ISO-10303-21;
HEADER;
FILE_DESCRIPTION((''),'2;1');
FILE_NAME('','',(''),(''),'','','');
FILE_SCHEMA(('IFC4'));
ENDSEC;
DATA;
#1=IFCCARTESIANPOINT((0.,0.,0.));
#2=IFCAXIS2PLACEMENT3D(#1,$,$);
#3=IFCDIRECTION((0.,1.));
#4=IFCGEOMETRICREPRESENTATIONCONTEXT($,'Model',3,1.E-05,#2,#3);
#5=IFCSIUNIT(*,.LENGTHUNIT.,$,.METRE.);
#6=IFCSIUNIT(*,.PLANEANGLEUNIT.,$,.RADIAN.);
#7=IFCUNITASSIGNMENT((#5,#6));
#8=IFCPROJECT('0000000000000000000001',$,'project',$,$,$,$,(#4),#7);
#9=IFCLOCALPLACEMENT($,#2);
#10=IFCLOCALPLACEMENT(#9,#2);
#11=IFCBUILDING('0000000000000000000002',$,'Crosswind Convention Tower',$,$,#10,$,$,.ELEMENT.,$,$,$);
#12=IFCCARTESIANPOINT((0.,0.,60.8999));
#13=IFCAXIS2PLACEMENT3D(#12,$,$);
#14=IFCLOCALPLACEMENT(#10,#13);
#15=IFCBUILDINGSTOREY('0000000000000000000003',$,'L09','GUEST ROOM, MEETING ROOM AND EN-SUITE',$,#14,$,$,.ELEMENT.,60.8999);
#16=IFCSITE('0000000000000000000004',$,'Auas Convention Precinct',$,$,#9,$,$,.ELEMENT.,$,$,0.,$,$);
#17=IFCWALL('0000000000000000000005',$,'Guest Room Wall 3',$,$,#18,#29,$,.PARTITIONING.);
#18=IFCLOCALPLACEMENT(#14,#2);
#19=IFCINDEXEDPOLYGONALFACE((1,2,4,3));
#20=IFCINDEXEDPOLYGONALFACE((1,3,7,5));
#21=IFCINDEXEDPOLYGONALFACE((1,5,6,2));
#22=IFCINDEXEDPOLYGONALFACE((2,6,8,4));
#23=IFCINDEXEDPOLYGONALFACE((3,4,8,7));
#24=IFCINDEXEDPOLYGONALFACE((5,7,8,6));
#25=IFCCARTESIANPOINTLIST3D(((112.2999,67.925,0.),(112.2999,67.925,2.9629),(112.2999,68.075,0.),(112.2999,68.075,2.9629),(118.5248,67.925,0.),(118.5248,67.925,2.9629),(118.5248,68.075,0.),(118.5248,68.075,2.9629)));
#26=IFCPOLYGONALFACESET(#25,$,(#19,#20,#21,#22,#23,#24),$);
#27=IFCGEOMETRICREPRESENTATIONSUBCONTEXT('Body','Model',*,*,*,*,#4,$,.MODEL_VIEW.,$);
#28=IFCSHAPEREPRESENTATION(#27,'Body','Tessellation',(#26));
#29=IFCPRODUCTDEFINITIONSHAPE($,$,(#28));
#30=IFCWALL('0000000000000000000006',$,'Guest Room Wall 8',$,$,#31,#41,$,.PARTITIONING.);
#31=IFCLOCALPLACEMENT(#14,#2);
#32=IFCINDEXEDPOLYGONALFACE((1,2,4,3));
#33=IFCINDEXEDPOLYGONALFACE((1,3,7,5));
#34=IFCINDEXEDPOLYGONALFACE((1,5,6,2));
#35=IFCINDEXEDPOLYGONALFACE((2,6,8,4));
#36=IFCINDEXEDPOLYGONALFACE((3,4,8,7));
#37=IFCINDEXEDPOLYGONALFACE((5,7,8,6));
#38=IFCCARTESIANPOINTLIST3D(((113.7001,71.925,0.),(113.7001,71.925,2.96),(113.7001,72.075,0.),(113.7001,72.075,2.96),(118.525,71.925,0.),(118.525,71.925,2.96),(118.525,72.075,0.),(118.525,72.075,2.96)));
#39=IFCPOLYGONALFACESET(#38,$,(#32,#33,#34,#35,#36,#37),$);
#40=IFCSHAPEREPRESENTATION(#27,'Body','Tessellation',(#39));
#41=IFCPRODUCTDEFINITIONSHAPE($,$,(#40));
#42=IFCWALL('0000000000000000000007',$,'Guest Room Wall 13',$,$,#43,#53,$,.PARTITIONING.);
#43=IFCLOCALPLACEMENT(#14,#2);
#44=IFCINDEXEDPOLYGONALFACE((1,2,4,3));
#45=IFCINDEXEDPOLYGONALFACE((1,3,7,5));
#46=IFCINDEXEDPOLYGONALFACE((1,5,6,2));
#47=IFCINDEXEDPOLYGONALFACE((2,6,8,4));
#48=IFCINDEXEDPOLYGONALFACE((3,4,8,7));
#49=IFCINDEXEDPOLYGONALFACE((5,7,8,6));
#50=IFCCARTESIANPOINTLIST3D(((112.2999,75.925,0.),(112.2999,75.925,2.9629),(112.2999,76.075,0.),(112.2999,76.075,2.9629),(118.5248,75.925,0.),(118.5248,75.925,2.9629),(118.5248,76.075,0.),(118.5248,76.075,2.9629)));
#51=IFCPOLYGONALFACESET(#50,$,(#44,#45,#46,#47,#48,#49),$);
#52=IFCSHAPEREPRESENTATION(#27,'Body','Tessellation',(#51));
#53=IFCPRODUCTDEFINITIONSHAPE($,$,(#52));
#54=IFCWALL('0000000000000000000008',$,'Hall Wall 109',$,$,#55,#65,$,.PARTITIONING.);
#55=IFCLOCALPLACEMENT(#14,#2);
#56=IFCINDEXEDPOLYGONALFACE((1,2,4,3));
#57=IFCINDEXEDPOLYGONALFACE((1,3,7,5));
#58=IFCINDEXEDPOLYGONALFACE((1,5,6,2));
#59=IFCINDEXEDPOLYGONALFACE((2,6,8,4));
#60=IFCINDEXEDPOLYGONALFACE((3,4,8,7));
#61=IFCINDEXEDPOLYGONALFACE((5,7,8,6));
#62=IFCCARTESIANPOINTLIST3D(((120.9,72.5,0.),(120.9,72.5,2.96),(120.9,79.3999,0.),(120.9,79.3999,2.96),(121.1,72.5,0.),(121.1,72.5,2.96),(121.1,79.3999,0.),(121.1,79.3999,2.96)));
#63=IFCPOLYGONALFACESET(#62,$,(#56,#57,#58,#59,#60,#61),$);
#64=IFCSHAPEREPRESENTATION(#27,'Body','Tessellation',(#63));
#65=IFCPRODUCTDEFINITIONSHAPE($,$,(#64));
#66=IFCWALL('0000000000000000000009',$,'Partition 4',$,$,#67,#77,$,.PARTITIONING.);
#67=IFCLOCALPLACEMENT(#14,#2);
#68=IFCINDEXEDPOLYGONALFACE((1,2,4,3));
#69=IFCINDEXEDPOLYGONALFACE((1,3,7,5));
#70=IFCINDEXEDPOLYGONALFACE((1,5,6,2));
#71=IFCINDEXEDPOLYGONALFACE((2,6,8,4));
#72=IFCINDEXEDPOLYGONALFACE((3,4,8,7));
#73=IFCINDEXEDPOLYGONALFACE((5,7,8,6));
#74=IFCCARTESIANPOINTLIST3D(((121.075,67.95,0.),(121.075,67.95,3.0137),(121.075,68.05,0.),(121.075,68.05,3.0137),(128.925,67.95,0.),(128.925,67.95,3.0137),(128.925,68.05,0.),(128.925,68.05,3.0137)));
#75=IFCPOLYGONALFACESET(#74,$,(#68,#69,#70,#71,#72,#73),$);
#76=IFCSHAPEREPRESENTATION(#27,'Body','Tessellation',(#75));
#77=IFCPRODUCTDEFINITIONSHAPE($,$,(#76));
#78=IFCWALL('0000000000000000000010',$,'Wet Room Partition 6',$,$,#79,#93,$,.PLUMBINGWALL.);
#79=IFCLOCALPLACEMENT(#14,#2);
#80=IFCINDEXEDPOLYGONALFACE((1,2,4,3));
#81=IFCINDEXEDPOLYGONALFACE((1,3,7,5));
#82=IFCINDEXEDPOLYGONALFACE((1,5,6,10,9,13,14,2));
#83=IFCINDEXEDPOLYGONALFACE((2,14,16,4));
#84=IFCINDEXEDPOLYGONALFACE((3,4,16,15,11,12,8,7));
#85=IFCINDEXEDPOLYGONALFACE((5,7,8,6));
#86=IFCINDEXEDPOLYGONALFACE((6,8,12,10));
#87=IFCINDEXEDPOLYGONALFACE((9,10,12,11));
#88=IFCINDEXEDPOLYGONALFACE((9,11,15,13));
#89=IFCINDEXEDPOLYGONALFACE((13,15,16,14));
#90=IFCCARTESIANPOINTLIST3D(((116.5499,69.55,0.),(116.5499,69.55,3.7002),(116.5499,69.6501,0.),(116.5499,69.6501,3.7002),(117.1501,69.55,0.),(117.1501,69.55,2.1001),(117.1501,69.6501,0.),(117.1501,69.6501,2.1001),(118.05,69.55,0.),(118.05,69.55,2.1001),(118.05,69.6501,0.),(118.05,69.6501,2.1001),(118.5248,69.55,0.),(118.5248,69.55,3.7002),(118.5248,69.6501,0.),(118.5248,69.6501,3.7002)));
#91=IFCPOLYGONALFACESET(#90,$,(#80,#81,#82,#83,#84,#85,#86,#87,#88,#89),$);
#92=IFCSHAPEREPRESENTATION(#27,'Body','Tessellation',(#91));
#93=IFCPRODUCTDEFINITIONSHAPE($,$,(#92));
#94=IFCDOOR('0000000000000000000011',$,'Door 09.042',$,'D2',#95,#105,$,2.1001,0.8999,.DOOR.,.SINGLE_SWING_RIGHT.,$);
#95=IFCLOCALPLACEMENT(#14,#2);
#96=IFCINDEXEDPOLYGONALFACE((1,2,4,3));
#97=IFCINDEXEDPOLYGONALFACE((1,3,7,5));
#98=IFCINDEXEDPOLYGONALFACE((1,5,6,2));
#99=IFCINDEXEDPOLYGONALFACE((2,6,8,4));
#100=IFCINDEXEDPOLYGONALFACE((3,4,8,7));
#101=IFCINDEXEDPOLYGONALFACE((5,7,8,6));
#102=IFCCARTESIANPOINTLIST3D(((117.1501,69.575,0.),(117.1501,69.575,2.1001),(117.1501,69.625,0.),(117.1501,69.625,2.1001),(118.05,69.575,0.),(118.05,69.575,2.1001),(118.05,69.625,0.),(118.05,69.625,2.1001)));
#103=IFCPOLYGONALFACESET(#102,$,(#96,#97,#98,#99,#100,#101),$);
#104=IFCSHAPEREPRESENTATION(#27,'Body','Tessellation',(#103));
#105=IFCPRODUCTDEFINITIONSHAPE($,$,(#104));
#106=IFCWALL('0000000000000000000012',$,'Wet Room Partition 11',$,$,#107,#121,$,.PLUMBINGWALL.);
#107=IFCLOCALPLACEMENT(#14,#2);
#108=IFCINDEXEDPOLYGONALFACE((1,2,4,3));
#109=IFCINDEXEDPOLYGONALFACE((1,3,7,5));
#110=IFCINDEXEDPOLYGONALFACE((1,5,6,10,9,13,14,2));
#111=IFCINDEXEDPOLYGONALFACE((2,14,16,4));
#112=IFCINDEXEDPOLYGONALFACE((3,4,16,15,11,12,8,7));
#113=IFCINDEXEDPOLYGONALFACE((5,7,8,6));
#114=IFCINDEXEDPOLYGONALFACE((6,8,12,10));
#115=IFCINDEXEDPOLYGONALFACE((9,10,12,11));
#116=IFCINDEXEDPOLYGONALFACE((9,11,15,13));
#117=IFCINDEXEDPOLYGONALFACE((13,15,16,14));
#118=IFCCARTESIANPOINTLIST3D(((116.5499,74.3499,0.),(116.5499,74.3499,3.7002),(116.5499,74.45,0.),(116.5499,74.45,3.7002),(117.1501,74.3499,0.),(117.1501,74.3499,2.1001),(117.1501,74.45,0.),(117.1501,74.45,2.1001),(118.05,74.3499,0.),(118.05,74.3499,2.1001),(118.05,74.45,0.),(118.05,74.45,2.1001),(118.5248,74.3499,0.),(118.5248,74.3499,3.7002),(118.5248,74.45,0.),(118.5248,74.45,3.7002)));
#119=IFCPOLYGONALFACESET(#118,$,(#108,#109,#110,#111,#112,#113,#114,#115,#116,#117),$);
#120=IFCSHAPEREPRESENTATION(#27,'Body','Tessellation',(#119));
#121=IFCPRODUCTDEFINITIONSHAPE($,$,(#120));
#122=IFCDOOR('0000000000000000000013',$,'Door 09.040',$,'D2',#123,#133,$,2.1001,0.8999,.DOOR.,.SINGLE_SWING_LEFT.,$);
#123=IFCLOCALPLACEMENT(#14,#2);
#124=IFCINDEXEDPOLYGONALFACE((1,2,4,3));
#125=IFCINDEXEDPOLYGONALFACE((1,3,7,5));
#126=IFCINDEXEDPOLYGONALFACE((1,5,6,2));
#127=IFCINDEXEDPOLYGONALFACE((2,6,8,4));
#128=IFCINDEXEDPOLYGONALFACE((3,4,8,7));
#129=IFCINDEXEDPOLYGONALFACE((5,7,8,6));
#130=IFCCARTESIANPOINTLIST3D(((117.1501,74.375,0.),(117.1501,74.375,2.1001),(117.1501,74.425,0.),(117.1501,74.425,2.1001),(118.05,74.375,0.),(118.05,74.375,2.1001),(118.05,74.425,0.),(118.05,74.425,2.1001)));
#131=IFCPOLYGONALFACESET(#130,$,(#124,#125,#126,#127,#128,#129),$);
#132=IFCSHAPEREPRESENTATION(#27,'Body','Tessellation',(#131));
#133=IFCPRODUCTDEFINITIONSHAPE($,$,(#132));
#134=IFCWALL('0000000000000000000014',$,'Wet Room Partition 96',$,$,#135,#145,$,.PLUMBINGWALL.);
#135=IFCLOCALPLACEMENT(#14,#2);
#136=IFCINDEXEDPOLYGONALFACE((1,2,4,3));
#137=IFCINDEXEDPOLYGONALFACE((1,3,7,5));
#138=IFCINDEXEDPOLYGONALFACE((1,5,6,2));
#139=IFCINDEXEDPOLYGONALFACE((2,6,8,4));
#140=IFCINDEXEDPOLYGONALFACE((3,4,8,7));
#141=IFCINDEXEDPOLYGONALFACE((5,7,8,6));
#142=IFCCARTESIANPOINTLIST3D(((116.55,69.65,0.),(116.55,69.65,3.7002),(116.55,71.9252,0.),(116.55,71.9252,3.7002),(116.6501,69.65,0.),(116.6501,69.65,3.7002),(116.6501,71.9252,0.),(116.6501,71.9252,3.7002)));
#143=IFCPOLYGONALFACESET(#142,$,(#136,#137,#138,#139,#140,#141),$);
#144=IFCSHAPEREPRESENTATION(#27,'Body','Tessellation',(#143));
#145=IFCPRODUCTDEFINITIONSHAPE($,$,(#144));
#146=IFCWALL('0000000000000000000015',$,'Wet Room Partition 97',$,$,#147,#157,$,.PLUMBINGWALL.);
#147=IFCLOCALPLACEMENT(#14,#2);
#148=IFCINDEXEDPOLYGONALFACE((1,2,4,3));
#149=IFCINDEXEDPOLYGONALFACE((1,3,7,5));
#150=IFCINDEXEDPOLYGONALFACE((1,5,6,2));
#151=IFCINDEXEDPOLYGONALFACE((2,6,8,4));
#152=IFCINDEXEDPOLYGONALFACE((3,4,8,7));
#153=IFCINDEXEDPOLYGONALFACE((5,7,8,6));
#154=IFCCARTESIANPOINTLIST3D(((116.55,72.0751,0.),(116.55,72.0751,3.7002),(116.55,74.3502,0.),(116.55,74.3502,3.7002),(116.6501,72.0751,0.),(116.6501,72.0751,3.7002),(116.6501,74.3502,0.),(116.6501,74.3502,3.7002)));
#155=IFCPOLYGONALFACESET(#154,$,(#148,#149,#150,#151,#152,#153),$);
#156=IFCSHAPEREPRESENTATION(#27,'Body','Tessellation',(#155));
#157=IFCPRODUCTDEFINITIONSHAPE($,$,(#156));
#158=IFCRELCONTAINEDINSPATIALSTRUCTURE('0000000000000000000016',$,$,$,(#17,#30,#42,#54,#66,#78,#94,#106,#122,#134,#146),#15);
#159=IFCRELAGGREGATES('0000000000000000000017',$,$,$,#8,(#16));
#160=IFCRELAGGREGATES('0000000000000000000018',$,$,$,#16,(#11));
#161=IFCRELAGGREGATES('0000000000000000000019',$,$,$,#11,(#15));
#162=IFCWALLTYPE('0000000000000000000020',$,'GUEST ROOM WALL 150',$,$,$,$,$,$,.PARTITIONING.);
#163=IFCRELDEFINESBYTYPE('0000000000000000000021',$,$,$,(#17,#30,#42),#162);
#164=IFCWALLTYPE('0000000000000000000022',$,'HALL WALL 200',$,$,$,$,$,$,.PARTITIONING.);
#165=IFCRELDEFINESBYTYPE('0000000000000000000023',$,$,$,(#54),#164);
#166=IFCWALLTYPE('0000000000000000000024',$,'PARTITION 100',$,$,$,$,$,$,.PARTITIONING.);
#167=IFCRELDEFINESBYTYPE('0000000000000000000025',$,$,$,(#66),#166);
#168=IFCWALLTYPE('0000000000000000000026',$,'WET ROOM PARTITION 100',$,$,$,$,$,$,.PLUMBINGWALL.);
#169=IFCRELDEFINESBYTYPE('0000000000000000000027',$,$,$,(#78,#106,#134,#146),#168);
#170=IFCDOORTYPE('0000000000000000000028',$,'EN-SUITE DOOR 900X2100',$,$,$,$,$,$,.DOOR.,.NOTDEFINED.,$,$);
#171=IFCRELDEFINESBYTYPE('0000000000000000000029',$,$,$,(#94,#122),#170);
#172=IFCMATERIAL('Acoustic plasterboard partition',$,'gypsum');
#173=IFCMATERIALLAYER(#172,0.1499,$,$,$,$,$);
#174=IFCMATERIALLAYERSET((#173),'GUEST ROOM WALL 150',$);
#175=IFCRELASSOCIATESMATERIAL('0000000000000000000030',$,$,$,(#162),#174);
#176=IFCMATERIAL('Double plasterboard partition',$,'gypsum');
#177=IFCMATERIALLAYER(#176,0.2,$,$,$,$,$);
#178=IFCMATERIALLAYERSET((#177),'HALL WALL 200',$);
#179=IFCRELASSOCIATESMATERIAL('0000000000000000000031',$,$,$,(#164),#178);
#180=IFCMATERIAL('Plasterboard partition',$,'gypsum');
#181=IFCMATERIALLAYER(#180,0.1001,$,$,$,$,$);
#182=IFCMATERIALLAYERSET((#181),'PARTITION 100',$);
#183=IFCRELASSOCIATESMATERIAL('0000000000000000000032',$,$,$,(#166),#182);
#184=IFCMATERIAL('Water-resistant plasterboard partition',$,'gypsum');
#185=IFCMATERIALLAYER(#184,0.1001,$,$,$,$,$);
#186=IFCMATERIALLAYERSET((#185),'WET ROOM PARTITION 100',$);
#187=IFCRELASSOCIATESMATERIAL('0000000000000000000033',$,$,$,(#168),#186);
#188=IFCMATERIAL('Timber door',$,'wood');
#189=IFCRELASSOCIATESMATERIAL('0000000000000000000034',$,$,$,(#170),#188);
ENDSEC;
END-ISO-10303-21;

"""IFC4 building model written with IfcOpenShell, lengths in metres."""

from ifc_helpers import new_model, si_unit, direction, frame, frame_2d, origin, place, context, subcontext, project, spatial, rectangle, extrude, material, layer, layer_set, type_object, element, fill, save


model = new_model("IFC4")

# Units and contexts
model_context = context("Model", 3, precision=1e-05, world=origin(), true_north=direction((0.0, 1.0)))
body_context = subcontext(model_context, "Body", "Model", "MODEL_VIEW")
ifc_project = project(units=[si_unit("LENGTHUNIT", "METRE"), si_unit("PLANEANGLEUNIT", "RADIAN")], contexts=[model_context])

# Site, building, storey
site_placement = place(None, origin())
site = spatial("IfcSite", under=ifc_project, at=site_placement, Name="Auas Convention Precinct", CompositionType="ELEMENT", RefElevation=0.0)
building_placement = place(site_placement, origin())
building = spatial("IfcBuilding", under=site, at=building_placement, Name="Crosswind Convention Tower", CompositionType="ELEMENT")
storey_placement = place(building_placement, frame((0.0, 0.0, 60.8999)))
storey = spatial("IfcBuildingStorey", under=building, at=storey_placement, Name="L09", Description="GUEST ROOM, MEETING ROOM AND EN-SUITE", CompositionType="ELEMENT", Elevation=60.8999)

# Walls
ifc_material_1 = material(Name="Acoustic plasterboard partition", Category="gypsum")
ifc_layer_1 = layer(ifc_material_1, 0.1499)
ifc_layer_set_1 = layer_set([ifc_layer_1], Name="GUEST ROOM WALL 150")
wall_type_1 = type_object("IfcWallType", Name="GUEST ROOM WALL 150", PredefinedType="PARTITIONING", material=ifc_layer_set_1)
wall_1_placement = place(storey_placement, frame((112.3, 68.0, 0.0), z_axis=(0.0, 0.0, 1.0), x_axis=(1.0, 0.0, 0.0)))
element("IfcWall", 1, at=wall_1_placement, inside=storey, type_object=wall_type_1, Name="Guest Room Wall 3", PredefinedType="PARTITIONING", context=body_context, shape_type="SweptSolid", body=[
    extrude(rectangle(XDim=6.2249, YDim=0.1499, at=frame_2d((3.1123, 0.0))), origin(), (0.0, 0.0, 1.0), 2.9629),
])
wall_2_placement = place(storey_placement, frame((113.7, 72.0, 0.0), z_axis=(0.0, 0.0, 1.0), x_axis=(1.0, 0.0, 0.0)))
element("IfcWall", 2, at=wall_2_placement, inside=storey, type_object=wall_type_1, Name="Guest Room Wall 8", PredefinedType="PARTITIONING", context=body_context, shape_type="SweptSolid", body=[
    extrude(rectangle(XDim=4.825, YDim=0.1499, at=frame_2d((2.4126, 0.0))), origin(), (0.0, 0.0, 1.0), 2.96),
])
wall_3_placement = place(storey_placement, frame((112.3, 76.0, 0.0), z_axis=(0.0, 0.0, 1.0), x_axis=(1.0, 0.0, 0.0)))
element("IfcWall", 3, at=wall_3_placement, inside=storey, type_object=wall_type_1, Name="Guest Room Wall 13", PredefinedType="PARTITIONING", context=body_context, shape_type="SweptSolid", body=[
    extrude(rectangle(XDim=6.2249, YDim=0.1499, at=frame_2d((3.1123, 0.0))), origin(), (0.0, 0.0, 1.0), 2.9629),
])
ifc_material_2 = material(Name="Double plasterboard partition", Category="gypsum")
ifc_layer_2 = layer(ifc_material_2, 0.2)
ifc_layer_set_2 = layer_set([ifc_layer_2], Name="HALL WALL 200")
wall_type_2 = type_object("IfcWallType", Name="HALL WALL 200", PredefinedType="PARTITIONING", material=ifc_layer_set_2)
wall_4_placement = place(storey_placement, frame((121.0, 72.5, 0.0), z_axis=(0.0, 0.0, 1.0), x_axis=(0.0, 1.0, 0.0)))
element("IfcWall", 4, at=wall_4_placement, inside=storey, type_object=wall_type_2, Name="Hall Wall 109", PredefinedType="PARTITIONING", context=body_context, shape_type="SweptSolid", body=[
    extrude(rectangle(XDim=6.8999, YDim=0.2, at=frame_2d((3.45, 0.0))), origin(), (0.0, 0.0, 1.0), 2.96),
])
ifc_material_3 = material(Name="Plasterboard partition", Category="gypsum")
ifc_layer_3 = layer(ifc_material_3, 0.1001)
ifc_layer_set_3 = layer_set([ifc_layer_3], Name="PARTITION 100")
wall_type_3 = type_object("IfcWallType", Name="PARTITION 100", PredefinedType="PARTITIONING", material=ifc_layer_set_3)
wall_5_placement = place(storey_placement, frame((121.075, 68.0, 0.0), z_axis=(0.0, 0.0, 1.0), x_axis=(1.0, 0.0, 0.0)))
element("IfcWall", 5, at=wall_5_placement, inside=storey, type_object=wall_type_3, Name="Partition 4", PredefinedType="PARTITIONING", context=body_context, shape_type="SweptSolid", body=[
    extrude(rectangle(XDim=7.8501, YDim=0.1001, at=frame_2d((3.925, 0.0))), origin(), (0.0, 0.0, 1.0), 3.0137),
])

# Walls, openings, doors
ifc_material_4 = material(Name="Water-resistant plasterboard partition", Category="gypsum")
ifc_layer_4 = layer(ifc_material_4, 0.1001)
ifc_layer_set_4 = layer_set([ifc_layer_4], Name="WET ROOM PARTITION 100")
wall_type_4 = type_object("IfcWallType", Name="WET ROOM PARTITION 100", PredefinedType="PLUMBINGWALL", material=ifc_layer_set_4)
wall_6_placement = place(storey_placement, frame((116.55, 69.6001, 0.0), z_axis=(0.0, 0.0, 1.0), x_axis=(1.0, 0.0, 0.0)))
wall_6 = element("IfcWall", 6, at=wall_6_placement, inside=storey, type_object=wall_type_4, Name="Wet Room Partition 6", PredefinedType="PLUMBINGWALL", context=body_context, shape_type="SweptSolid", body=[
    extrude(rectangle(XDim=1.9749, YDim=0.1001, at=frame_2d((0.9873, 0.0))), origin(), (0.0, 0.0, 1.0), 3.7002),
])
opening_1_placement = place(wall_6_placement, frame((0.6001, 0.0, 0.0)))
opening_1 = element("IfcOpeningElement", 7, at=opening_1_placement, cuts=wall_6, PredefinedType="OPENING", context=body_context, shape_type="SweptSolid", body=[
    extrude(rectangle(XDim=0.8999, YDim=2.1001, at=frame_2d((0.45, 1.05))), frame((0.0, 0.0601, 0.0), z_axis=(0.0, -1.0, 0.0), x_axis=(1.0, 0.0, 0.0)), (0.0, 0.0, 1.0), 0.1201),
])
ifc_material_5 = material(Name="Timber door", Category="wood")
door_type = type_object("IfcDoorType", Name="EN-SUITE DOOR 900X2100", OperationType="NOTDEFINED", PredefinedType="DOOR", material=ifc_material_5)
door_1_placement = place(opening_1_placement, origin())
door_1 = element("IfcDoor", 8, at=door_1_placement, inside=storey, type_object=door_type, Name="Door 09.042", ObjectType="D2", OperationType="SINGLE_SWING_RIGHT", OverallHeight=2.1001, OverallWidth=0.8999, PredefinedType="DOOR", context=body_context, shape_type="SweptSolid", body=[
    extrude(rectangle(XDim=0.8999, YDim=2.1001, at=frame_2d((0.45, 1.05))), frame((0.0, 0.0249, 0.0), z_axis=(0.0, -1.0, 0.0), x_axis=(1.0, 0.0, 0.0)), (0.0, 0.0, 1.0), 0.05),
])
fill(opening_1, door_1)
wall_7_placement = place(storey_placement, frame((116.55, 74.3999, 0.0), z_axis=(0.0, 0.0, 1.0), x_axis=(1.0, 0.0, 0.0)))
wall_7 = element("IfcWall", 9, at=wall_7_placement, inside=storey, type_object=wall_type_4, Name="Wet Room Partition 11", PredefinedType="PLUMBINGWALL", context=body_context, shape_type="SweptSolid", body=[
    extrude(rectangle(XDim=1.9749, YDim=0.1001, at=frame_2d((0.9873, 0.0))), origin(), (0.0, 0.0, 1.0), 3.7002),
])
opening_2_placement = place(wall_7_placement, frame((0.6001, 0.0, 0.0)))
opening_2 = element("IfcOpeningElement", 10, at=opening_2_placement, cuts=wall_7, PredefinedType="OPENING", context=body_context, shape_type="SweptSolid", body=[
    extrude(rectangle(XDim=0.8999, YDim=2.1001, at=frame_2d((0.45, 1.05))), frame((0.0, 0.0601, 0.0), z_axis=(0.0, -1.0, 0.0), x_axis=(1.0, 0.0, 0.0)), (0.0, 0.0, 1.0), 0.1201),
])
door_2_placement = place(opening_2_placement, frame((0.8999, 0.0, 0.0), z_axis=(0.0, 0.0, 1.0), x_axis=(-1.0, 0.0, 0.0)))
door_2 = element("IfcDoor", 11, at=door_2_placement, inside=storey, type_object=door_type, Name="Door 09.040", ObjectType="D2", OperationType="SINGLE_SWING_LEFT", OverallHeight=2.1001, OverallWidth=0.8999, PredefinedType="DOOR", context=body_context, shape_type="SweptSolid", body=[
    extrude(rectangle(XDim=0.8999, YDim=2.1001, at=frame_2d((0.45, 1.05))), frame((0.0, 0.0249, 0.0), z_axis=(0.0, -1.0, 0.0), x_axis=(1.0, 0.0, 0.0)), (0.0, 0.0, 1.0), 0.05),
])
fill(opening_2, door_2)

# Walls
for number, where, z_axis, x_axis, name in (
    (12, (116.6001, 69.6499, 0.0), (0.0, 0.0, 1.0), (0.0, 1.0, 0.0), "Wet Room Partition 96"),
    (13, (116.6001, 72.075, 0.0), (0.0, 0.0, 1.0), (0.0, 1.0, 0.0), "Wet Room Partition 97"),
):
    element("IfcWall", number, at=place(storey_placement, frame(where, z_axis=z_axis, x_axis=x_axis)), inside=storey, type_object=wall_type_4, Name=name, PredefinedType="PLUMBINGWALL", context=body_context, shape_type="SweptSolid", body=[
        extrude(rectangle(XDim=2.2751, YDim=0.1001, at=frame_2d((1.1377, 0.0))), origin(), (0.0, 0.0, 1.0), 3.7002),
    ])

save(model, "model.ifc")
